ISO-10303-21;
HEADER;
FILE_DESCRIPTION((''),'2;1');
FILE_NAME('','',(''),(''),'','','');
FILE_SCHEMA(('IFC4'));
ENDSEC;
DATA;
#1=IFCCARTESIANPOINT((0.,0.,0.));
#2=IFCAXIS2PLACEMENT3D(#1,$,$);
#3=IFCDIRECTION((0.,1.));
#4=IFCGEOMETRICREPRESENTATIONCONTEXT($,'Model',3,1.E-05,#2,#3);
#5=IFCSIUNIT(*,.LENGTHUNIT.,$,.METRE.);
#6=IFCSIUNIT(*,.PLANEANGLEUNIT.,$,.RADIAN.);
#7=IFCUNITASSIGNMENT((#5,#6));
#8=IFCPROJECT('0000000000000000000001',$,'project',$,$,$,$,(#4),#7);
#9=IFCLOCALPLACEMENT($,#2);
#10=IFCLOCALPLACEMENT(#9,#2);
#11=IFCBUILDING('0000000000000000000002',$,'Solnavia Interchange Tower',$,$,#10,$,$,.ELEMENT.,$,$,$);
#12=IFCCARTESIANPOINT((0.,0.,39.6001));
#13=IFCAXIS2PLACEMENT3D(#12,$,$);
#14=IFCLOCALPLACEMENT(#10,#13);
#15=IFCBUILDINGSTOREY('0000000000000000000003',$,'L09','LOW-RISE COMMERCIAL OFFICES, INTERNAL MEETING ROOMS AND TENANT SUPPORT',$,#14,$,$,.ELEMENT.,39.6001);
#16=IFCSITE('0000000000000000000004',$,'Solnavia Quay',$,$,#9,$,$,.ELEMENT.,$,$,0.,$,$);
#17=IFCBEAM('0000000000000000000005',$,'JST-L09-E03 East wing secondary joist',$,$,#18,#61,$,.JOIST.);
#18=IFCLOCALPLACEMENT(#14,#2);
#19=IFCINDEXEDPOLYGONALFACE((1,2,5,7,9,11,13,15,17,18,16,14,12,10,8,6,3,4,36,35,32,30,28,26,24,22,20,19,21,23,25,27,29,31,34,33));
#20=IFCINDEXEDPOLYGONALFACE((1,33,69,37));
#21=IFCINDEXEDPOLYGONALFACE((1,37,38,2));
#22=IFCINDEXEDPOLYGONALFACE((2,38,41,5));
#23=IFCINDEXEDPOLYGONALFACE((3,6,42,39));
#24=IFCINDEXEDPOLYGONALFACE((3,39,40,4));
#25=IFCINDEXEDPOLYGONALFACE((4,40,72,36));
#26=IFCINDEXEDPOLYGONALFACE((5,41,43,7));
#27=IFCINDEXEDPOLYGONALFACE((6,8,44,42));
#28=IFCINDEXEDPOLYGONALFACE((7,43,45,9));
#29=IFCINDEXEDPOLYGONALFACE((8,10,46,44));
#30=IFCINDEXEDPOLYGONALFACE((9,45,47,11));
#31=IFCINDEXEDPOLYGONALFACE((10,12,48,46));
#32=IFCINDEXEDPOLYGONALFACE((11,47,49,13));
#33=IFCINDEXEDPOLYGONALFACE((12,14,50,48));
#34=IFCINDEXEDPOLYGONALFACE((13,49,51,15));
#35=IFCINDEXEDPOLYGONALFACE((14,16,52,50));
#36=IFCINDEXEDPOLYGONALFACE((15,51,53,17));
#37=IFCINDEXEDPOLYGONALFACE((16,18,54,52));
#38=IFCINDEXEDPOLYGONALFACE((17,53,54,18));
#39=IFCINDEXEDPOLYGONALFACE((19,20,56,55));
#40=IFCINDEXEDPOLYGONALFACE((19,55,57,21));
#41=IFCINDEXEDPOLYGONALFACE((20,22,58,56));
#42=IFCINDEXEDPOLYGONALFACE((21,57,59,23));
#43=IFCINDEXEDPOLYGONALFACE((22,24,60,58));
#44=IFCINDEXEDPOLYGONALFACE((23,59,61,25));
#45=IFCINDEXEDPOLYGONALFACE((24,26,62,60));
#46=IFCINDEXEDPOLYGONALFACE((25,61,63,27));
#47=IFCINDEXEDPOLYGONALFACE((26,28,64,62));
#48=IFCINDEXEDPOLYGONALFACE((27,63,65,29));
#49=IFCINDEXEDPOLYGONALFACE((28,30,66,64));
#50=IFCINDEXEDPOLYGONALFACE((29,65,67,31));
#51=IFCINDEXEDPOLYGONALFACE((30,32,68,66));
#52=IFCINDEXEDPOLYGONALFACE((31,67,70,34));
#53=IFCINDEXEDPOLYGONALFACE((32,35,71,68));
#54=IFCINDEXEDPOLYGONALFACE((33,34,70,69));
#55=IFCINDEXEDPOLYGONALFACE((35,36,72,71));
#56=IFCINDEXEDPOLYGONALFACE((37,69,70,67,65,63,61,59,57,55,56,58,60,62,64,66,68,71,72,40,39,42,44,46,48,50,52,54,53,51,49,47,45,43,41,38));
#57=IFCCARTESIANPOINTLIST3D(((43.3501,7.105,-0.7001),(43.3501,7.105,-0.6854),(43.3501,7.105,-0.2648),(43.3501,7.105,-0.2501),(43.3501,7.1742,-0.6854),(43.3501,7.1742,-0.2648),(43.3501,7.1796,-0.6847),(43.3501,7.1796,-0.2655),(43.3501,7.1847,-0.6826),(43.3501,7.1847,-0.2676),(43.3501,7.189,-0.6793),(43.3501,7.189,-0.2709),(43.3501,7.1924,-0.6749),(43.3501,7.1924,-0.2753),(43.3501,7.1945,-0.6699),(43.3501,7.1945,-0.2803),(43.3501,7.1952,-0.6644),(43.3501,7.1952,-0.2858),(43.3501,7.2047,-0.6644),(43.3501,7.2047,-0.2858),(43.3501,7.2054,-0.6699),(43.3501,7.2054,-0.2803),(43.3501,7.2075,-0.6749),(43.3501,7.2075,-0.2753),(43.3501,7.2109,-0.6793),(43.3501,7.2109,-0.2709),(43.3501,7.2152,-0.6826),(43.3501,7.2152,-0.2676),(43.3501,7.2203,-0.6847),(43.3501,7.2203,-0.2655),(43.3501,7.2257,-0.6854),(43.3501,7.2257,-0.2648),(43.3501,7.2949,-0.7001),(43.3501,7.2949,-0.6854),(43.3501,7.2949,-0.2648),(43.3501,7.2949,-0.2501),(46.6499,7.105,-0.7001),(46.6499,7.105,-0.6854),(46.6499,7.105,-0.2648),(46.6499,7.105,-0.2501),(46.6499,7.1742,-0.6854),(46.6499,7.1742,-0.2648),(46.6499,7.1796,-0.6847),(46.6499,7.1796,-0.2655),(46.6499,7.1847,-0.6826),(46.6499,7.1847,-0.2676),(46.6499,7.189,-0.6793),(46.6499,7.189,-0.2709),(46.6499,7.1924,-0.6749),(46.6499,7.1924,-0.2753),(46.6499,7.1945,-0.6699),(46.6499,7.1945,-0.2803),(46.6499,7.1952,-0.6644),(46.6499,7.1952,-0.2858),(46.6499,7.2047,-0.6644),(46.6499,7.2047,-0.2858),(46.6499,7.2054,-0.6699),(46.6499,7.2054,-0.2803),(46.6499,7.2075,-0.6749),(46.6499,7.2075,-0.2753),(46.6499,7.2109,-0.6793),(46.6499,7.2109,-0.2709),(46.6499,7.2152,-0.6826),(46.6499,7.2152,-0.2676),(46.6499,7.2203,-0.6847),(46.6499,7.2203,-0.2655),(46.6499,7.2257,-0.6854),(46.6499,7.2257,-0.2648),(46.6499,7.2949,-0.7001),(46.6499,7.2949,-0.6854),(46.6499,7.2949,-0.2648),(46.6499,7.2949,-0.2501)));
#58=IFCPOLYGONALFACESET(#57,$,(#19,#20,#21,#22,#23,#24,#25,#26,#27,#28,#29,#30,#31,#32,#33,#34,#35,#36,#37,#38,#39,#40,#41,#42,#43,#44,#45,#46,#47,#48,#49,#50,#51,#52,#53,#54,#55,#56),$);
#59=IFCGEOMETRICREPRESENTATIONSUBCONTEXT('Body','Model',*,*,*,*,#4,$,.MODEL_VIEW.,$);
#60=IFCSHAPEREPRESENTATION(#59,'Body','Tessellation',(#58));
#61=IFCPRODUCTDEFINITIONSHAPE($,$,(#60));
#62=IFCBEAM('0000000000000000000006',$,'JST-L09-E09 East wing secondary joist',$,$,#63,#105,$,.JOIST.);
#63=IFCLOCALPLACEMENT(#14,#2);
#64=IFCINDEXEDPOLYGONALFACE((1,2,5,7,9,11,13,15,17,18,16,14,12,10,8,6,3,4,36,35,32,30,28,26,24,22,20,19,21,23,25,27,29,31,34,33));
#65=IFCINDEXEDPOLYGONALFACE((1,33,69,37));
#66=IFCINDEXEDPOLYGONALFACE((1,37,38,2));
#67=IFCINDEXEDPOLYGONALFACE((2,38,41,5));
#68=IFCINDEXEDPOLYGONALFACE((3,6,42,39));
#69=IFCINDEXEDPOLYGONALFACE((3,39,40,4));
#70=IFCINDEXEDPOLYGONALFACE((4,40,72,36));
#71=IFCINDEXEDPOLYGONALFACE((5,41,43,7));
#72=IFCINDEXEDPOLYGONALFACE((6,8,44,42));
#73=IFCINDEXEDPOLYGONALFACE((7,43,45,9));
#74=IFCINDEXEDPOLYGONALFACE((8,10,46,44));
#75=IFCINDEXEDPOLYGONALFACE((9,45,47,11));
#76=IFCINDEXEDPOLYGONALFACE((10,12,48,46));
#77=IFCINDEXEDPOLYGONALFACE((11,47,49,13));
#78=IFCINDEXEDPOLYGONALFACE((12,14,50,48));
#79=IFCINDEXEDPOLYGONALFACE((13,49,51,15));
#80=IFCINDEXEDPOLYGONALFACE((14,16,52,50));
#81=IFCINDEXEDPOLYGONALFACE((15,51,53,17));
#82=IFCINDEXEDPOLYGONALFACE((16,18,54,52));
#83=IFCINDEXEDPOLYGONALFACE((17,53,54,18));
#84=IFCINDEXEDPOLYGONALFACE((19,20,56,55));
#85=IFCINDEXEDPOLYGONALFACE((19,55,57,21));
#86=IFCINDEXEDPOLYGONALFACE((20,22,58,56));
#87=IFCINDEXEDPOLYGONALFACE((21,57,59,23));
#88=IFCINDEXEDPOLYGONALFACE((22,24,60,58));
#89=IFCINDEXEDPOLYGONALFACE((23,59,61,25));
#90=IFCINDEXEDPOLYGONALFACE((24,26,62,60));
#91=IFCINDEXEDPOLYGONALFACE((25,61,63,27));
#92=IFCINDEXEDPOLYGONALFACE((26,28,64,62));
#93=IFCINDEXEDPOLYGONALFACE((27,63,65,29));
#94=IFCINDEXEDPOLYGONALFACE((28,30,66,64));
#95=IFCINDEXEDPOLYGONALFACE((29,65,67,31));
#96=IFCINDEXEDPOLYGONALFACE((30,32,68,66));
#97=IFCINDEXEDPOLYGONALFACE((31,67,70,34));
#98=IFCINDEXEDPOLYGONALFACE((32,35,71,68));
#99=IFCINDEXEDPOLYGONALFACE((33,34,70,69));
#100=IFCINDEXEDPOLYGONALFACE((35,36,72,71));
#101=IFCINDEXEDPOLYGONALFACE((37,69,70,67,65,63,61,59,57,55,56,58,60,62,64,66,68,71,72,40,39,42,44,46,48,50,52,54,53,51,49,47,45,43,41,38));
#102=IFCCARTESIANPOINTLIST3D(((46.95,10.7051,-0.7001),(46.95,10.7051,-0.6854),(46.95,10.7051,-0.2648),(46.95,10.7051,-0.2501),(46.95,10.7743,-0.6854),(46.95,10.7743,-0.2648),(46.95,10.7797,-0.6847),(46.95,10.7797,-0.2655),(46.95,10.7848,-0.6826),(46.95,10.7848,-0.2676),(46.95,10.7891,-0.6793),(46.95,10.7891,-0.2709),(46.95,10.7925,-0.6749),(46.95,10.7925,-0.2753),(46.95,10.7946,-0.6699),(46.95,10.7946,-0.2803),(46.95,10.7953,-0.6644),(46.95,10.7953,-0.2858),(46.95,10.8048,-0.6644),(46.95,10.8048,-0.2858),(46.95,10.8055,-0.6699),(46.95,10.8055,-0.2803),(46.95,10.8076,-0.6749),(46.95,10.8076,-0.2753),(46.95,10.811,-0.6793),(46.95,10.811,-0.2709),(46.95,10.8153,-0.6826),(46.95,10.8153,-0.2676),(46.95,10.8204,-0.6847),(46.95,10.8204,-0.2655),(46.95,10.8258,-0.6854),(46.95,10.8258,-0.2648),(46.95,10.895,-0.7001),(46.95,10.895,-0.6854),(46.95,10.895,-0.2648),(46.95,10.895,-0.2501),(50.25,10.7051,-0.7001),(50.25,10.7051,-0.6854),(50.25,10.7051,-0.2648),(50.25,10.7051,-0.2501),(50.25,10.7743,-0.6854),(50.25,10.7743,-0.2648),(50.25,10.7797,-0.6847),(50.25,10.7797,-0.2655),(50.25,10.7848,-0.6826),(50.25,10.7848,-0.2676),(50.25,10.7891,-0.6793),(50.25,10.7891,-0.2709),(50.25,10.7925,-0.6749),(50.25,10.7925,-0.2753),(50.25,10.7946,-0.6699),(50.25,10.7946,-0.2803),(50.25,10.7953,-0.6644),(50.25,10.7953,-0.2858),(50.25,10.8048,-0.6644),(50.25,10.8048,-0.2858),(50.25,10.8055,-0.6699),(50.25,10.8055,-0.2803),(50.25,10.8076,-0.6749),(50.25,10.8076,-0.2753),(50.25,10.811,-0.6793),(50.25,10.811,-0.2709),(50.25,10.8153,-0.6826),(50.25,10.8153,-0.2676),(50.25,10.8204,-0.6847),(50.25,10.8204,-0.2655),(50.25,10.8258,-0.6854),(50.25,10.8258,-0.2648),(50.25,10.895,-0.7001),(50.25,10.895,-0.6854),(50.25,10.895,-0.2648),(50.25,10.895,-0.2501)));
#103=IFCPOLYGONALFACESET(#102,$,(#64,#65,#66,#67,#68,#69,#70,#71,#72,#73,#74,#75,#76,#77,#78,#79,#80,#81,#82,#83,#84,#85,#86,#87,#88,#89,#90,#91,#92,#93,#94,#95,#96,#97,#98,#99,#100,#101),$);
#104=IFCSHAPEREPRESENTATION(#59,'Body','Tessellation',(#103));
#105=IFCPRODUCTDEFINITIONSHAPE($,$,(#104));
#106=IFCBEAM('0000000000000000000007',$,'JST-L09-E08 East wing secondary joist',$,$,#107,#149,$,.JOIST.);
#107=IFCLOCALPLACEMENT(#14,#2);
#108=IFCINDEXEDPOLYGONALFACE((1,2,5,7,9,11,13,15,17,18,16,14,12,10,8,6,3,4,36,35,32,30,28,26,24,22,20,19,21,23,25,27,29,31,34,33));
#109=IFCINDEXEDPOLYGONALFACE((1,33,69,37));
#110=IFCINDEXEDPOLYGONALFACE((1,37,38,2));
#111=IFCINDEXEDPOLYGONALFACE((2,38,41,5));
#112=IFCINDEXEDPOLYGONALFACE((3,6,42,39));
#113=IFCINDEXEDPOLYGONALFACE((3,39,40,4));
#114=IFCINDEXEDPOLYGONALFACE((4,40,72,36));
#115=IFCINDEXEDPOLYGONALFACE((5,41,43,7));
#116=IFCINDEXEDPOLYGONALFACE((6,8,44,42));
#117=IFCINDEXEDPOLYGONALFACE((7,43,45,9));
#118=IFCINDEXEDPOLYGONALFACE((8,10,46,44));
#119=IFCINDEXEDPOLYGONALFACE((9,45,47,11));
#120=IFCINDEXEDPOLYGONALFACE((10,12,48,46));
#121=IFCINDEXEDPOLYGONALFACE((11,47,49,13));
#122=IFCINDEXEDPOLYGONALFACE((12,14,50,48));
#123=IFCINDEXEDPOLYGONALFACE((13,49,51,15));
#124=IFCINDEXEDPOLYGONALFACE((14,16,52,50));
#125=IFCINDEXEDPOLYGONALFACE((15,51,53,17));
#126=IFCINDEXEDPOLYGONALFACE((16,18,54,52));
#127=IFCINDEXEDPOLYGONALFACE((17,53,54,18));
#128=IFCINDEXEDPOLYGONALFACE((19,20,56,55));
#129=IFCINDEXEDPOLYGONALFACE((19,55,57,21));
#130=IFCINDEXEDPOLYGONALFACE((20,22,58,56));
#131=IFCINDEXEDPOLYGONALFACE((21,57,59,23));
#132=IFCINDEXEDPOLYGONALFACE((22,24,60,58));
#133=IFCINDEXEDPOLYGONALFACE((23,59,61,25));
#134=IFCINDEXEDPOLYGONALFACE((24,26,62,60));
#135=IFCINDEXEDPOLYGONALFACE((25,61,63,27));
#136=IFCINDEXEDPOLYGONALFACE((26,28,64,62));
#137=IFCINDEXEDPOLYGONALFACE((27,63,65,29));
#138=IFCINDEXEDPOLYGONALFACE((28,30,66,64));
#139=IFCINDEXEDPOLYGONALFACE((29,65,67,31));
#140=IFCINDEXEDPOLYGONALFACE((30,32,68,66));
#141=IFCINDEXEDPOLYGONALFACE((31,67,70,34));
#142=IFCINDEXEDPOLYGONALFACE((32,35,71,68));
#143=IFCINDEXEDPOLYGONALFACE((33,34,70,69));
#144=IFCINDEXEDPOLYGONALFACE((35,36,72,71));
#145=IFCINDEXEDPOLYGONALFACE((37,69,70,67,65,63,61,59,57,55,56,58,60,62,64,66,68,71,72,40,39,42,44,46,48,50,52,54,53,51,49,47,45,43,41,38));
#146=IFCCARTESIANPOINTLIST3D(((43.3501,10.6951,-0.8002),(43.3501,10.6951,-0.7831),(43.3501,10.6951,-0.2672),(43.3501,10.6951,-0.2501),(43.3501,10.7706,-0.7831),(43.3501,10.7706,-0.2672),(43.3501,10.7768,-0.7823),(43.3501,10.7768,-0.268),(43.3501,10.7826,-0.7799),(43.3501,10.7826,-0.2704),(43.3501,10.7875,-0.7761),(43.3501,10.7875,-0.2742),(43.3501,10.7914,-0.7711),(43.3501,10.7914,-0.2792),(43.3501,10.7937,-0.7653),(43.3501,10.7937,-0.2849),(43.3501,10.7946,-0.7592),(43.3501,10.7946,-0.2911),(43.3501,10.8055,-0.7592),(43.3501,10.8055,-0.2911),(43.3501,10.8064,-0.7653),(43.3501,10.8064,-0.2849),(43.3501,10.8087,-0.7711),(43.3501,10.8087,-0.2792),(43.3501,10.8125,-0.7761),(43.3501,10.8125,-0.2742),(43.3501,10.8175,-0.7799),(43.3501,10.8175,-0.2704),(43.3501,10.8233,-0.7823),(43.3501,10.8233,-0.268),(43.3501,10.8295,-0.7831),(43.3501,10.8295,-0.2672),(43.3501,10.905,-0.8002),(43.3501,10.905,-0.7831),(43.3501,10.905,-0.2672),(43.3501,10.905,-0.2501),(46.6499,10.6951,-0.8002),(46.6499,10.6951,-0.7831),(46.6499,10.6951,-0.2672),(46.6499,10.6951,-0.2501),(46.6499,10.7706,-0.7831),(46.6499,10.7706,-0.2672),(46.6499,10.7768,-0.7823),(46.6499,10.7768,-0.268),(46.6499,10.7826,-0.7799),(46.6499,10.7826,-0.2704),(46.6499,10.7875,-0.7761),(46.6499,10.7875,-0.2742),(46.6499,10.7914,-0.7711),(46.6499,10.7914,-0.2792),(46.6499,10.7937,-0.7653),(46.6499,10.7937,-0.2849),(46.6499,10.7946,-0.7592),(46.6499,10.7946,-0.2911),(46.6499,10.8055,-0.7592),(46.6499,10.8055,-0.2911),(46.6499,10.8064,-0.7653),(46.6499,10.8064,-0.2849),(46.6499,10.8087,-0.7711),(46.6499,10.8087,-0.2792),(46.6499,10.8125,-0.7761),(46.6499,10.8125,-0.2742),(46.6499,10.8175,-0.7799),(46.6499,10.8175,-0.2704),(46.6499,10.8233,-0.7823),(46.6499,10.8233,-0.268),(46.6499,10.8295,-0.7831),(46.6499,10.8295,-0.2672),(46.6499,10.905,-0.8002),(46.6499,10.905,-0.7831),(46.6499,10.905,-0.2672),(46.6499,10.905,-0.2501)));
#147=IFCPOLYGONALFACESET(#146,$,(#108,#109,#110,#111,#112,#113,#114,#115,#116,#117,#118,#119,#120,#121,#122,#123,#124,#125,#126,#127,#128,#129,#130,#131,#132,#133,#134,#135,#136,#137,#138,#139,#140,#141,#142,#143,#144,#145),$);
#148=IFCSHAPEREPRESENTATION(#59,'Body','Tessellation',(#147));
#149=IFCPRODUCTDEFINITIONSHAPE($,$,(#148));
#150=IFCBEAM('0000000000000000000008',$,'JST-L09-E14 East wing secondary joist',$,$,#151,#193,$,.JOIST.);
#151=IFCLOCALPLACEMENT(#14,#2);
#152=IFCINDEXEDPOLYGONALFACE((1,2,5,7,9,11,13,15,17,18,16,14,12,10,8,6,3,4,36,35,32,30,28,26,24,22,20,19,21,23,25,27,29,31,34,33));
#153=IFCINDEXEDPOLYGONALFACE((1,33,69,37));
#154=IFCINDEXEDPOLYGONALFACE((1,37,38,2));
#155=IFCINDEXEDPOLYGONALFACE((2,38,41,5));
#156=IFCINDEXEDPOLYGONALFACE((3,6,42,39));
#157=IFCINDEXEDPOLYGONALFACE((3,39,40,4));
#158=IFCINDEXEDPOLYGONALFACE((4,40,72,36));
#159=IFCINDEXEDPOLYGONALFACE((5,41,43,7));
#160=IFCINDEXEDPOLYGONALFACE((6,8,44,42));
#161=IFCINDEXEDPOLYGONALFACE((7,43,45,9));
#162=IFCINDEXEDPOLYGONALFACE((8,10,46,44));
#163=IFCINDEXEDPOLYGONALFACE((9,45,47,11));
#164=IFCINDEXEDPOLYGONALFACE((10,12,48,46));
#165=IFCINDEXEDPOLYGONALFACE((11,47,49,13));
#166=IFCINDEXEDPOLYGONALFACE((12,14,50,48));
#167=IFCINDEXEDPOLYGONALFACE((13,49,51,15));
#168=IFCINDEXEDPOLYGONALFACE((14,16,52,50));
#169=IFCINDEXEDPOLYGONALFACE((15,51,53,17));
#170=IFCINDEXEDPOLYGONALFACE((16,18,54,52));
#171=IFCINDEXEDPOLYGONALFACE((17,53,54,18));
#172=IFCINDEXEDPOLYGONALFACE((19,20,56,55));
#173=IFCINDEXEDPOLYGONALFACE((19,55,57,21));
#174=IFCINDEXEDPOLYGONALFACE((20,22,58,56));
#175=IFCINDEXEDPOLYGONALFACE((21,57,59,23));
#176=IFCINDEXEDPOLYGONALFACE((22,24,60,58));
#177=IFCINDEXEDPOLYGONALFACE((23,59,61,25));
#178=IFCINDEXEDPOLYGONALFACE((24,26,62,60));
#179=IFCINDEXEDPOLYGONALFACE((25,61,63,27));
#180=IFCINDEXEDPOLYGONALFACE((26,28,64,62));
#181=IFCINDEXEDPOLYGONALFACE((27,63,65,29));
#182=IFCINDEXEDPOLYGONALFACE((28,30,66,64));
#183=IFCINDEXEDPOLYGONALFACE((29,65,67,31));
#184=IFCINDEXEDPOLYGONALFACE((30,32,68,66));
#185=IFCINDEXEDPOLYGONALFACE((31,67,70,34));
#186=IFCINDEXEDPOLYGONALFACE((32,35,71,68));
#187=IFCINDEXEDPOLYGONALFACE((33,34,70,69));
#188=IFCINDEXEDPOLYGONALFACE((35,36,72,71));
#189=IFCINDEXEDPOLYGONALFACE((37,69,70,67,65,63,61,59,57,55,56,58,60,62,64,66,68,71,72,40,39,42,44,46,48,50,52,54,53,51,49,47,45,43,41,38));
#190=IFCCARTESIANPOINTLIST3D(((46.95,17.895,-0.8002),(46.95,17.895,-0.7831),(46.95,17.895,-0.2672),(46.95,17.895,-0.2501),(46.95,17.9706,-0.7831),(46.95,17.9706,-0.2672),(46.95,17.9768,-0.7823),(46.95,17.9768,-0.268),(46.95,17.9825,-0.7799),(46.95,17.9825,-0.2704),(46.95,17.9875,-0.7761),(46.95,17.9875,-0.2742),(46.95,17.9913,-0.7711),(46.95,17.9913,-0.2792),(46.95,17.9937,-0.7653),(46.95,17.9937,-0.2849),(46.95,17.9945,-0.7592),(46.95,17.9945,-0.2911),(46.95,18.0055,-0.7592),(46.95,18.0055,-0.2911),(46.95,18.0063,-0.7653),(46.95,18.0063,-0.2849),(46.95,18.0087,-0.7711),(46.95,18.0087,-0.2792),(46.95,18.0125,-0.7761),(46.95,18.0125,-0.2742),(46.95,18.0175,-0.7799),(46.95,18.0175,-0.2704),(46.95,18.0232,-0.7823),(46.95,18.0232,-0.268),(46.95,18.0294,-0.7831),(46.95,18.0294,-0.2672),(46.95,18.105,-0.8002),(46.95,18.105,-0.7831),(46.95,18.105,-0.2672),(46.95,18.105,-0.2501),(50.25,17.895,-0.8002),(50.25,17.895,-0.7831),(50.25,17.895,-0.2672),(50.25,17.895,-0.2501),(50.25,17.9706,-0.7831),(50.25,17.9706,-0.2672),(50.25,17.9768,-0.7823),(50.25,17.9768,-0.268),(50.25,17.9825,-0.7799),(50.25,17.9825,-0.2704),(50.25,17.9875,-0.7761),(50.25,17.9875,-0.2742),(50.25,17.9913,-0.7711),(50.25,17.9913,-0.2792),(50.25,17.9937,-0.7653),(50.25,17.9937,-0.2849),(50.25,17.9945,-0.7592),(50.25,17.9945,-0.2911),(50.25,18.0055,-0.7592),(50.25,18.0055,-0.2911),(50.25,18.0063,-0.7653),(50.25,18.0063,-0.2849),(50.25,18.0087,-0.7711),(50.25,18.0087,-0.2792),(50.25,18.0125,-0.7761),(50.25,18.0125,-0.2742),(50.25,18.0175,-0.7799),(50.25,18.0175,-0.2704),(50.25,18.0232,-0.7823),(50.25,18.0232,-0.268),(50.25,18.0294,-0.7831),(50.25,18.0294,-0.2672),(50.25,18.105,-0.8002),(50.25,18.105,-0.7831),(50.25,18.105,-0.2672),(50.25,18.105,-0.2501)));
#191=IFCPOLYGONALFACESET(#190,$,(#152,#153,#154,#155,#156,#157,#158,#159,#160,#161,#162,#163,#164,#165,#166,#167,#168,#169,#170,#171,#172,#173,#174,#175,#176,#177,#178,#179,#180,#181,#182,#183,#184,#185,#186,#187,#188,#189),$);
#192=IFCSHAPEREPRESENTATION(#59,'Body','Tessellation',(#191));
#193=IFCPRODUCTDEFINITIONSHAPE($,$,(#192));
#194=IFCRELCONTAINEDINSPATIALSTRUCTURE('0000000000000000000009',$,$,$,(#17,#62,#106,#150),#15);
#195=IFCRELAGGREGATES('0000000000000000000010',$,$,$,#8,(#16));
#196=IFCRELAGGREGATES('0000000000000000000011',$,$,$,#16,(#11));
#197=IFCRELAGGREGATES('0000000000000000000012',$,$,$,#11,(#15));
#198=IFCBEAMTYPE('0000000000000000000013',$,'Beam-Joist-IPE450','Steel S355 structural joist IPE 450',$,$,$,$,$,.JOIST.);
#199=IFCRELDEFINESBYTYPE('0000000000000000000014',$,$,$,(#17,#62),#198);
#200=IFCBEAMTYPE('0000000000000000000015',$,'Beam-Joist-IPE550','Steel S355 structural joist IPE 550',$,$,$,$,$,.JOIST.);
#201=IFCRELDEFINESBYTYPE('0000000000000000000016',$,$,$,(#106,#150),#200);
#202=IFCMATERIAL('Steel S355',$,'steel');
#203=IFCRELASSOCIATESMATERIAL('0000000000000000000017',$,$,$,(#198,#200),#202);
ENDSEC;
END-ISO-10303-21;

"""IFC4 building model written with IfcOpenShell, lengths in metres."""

from ifc_helpers import new_model, si_unit, direction, frame, origin, origin_2d, place, context, subcontext, project, spatial, i_section, extrude, material, material_profile, profile_set, type_object, element, save


model = new_model("IFC4")

# Units and contexts
model_context = context("Model", 3, precision=1e-05, world=origin(), true_north=direction((0.0, 1.0)))
body_context = subcontext(model_context, "Body", "Model", "MODEL_VIEW")
ifc_project = project(units=[si_unit("LENGTHUNIT", "METRE"), si_unit("PLANEANGLEUNIT", "RADIAN")], contexts=[model_context])

# Site, building, storey
site_placement = place(None, origin())
site = spatial("IfcSite", under=ifc_project, at=site_placement, Name="Solnavia Quay", CompositionType="ELEMENT", RefElevation=0.0)
building_placement = place(site_placement, origin())
building = spatial("IfcBuilding", under=site, at=building_placement, Name="Solnavia Interchange Tower", CompositionType="ELEMENT")
storey_placement = place(building_placement, frame((0.0, 0.0, 39.6001)))
storey = spatial("IfcBuildingStorey", under=building, at=storey_placement, Name="L09", Description="LOW-RISE COMMERCIAL OFFICES, INTERNAL MEETING ROOMS AND TENANT SUPPORT", CompositionType="ELEMENT", Elevation=39.6001)

# Shared definitions
ifc_material_1 = material(Name="Steel S355", Category="steel")

# Beams
ifc_material_profile_1 = material_profile(ifc_material_1, i_section(OverallWidth=0.1899, OverallDepth=0.45, WebThickness=0.0095, FlangeThickness=0.0146, FilletRadius=0.021, at=origin_2d()), Name="IPE 450")
ifc_profile_set_1 = profile_set([ifc_material_profile_1], Name="Steel S355")
beam_type_1 = type_object("IfcBeamType", Name="Beam-Joist-IPE450", Description="Steel S355 structural joist IPE 450", PredefinedType="JOIST", material=ifc_profile_set_1)
beam_1_placement = place(storey_placement, frame((43.3501, 7.2, -0.4751), z_axis=(1.0, 0.0, 0.0), x_axis=(0.0, 1.0, 0.0)))
element("IfcBeam", 1, at=beam_1_placement, inside=storey, type_object=beam_type_1, Name="JST-L09-E03 East wing secondary joist", PredefinedType="JOIST", context=body_context, shape_type="SweptSolid", body=[
    extrude(i_section(OverallWidth=0.1899, OverallDepth=0.45, WebThickness=0.0095, FlangeThickness=0.0146, FilletRadius=0.021, at=origin_2d()), origin(), (0.0, 0.0, 1.0), 3.2998),
])
beam_2_placement = place(storey_placement, frame((46.95, 10.8, -0.4751), z_axis=(1.0, 0.0, 0.0), x_axis=(0.0, 1.0, 0.0)))
element("IfcBeam", 2, at=beam_2_placement, inside=storey, type_object=beam_type_1, Name="JST-L09-E09 East wing secondary joist", PredefinedType="JOIST", context=body_context, shape_type="SweptSolid", body=[
    extrude(i_section(OverallWidth=0.1899, OverallDepth=0.45, WebThickness=0.0095, FlangeThickness=0.0146, FilletRadius=0.021, at=origin_2d()), origin(), (0.0, 0.0, 1.0), 3.3),
])
ifc_material_profile_2 = material_profile(ifc_material_1, i_section(OverallWidth=0.21, OverallDepth=0.55, WebThickness=0.011, FlangeThickness=0.0171, FilletRadius=0.0239, at=origin_2d()), Name="IPE 550")
ifc_profile_set_2 = profile_set([ifc_material_profile_2], Name="Steel S355")
beam_type_2 = type_object("IfcBeamType", Name="Beam-Joist-IPE550", Description="Steel S355 structural joist IPE 550", PredefinedType="JOIST", material=ifc_profile_set_2)
beam_3_placement = place(storey_placement, frame((43.3501, 10.8, -0.5251), z_axis=(1.0, 0.0, 0.0), x_axis=(0.0, 1.0, 0.0)))
element("IfcBeam", 3, at=beam_3_placement, inside=storey, type_object=beam_type_2, Name="JST-L09-E08 East wing secondary joist", PredefinedType="JOIST", context=body_context, shape_type="SweptSolid", body=[
    extrude(i_section(OverallWidth=0.21, OverallDepth=0.55, WebThickness=0.011, FlangeThickness=0.0171, FilletRadius=0.0239, at=origin_2d()), origin(), (0.0, 0.0, 1.0), 3.2998),
])
beam_4_placement = place(storey_placement, frame((46.95, 18.0, -0.5251), z_axis=(1.0, 0.0, 0.0), x_axis=(0.0, 1.0, 0.0)))
element("IfcBeam", 4, at=beam_4_placement, inside=storey, type_object=beam_type_2, Name="JST-L09-E14 East wing secondary joist", PredefinedType="JOIST", context=body_context, shape_type="SweptSolid", body=[
    extrude(i_section(OverallWidth=0.21, OverallDepth=0.55, WebThickness=0.011, FlangeThickness=0.0171, FilletRadius=0.0239, at=origin_2d()), origin(), (0.0, 0.0, 1.0), 3.3),
])

save(model, "model.ifc")
